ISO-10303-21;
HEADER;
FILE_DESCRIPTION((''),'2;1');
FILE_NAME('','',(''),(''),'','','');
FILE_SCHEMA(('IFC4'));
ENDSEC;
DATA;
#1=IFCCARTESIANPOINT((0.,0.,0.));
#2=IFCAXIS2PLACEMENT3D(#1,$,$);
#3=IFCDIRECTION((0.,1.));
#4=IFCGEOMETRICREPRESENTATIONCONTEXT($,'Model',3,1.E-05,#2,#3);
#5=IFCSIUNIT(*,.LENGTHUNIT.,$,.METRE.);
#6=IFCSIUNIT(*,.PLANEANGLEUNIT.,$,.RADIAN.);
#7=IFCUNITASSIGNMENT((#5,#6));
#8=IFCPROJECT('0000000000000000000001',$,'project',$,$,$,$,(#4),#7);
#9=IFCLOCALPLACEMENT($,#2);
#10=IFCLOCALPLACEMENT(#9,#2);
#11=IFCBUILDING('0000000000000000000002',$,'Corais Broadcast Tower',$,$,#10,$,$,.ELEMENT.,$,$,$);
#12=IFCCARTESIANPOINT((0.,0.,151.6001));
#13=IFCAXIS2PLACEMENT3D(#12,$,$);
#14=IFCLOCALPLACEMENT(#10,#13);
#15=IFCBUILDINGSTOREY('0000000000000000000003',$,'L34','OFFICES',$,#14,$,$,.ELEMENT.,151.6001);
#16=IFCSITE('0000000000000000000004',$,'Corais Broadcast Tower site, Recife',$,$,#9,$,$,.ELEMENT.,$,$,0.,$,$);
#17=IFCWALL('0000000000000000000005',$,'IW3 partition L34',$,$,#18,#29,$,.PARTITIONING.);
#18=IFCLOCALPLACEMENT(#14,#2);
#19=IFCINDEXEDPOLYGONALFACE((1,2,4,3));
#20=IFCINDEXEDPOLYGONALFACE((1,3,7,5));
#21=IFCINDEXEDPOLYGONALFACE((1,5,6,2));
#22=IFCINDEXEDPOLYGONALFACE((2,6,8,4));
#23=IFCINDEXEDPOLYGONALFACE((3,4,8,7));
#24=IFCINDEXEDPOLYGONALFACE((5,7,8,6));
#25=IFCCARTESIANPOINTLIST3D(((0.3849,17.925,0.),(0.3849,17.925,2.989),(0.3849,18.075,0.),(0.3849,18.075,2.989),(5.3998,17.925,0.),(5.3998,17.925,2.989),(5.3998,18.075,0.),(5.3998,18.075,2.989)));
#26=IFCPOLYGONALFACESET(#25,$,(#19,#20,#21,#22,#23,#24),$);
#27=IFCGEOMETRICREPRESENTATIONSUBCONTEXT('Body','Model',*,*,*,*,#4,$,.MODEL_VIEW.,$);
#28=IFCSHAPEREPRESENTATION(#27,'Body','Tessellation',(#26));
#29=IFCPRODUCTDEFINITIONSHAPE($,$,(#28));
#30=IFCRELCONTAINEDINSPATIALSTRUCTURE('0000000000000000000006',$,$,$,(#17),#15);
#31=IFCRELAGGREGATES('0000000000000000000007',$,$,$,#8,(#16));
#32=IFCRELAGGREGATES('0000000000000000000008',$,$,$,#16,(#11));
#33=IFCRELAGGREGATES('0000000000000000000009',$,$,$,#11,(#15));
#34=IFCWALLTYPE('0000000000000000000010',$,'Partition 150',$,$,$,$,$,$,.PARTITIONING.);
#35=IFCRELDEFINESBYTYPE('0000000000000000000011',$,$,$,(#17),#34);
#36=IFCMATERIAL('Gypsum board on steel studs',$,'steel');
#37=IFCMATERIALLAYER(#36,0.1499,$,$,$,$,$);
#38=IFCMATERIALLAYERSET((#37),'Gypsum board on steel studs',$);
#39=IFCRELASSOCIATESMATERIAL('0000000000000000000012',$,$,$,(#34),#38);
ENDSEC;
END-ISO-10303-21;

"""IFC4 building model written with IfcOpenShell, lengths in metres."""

from ifc_helpers import new_model, si_unit, direction, frame, frame_2d, origin, place, context, subcontext, project, spatial, rectangle, extrude, material, layer, layer_set, type_object, element, save


model = new_model("IFC4")

# Units and contexts
model_context = context("Model", 3, precision=1e-05, world=origin(), true_north=direction((0.0, 1.0)))
body_context = subcontext(model_context, "Body", "Model", "MODEL_VIEW")
ifc_project = project(units=[si_unit("LENGTHUNIT", "METRE"), si_unit("PLANEANGLEUNIT", "RADIAN")], contexts=[model_context])

# Site, building, storey
site_placement = place(None, origin())
site = spatial("IfcSite", under=ifc_project, at=site_placement, Name="Corais Broadcast Tower site, Recife", CompositionType="ELEMENT", RefElevation=0.0)
building_placement = place(site_placement, origin())
building = spatial("IfcBuilding", under=site, at=building_placement, Name="Corais Broadcast Tower", CompositionType="ELEMENT")
storey_placement = place(building_placement, frame((0.0, 0.0, 151.6001)))
storey = spatial("IfcBuildingStorey", under=building, at=storey_placement, Name="L34", Description="OFFICES", CompositionType="ELEMENT", Elevation=151.6001)

# Wall
ifc_material_1 = material(Name="Gypsum board on steel studs", Category="steel")
ifc_layer_1 = layer(ifc_material_1, 0.1499)
ifc_layer_set_1 = layer_set([ifc_layer_1], Name="Gypsum board on steel studs")
wall_type = type_object("IfcWallType", Name="Partition 150", PredefinedType="PARTITIONING", material=ifc_layer_set_1)
wall_placement = place(storey_placement, frame((0.385, 18.0, 0.0), z_axis=(0.0, 0.0, 1.0), x_axis=(1.0, 0.0, 0.0)))
element("IfcWall", 1, at=wall_placement, inside=storey, type_object=wall_type, Name="IW3 partition L34", PredefinedType="PARTITIONING", context=body_context, shape_type="SweptSolid", body=[
    extrude(rectangle(XDim=5.0149, YDim=0.1499, at=frame_2d((2.5073, 0.0))), origin(), (0.0, 0.0, 1.0), 2.989),
])

save(model, "model.ifc")
